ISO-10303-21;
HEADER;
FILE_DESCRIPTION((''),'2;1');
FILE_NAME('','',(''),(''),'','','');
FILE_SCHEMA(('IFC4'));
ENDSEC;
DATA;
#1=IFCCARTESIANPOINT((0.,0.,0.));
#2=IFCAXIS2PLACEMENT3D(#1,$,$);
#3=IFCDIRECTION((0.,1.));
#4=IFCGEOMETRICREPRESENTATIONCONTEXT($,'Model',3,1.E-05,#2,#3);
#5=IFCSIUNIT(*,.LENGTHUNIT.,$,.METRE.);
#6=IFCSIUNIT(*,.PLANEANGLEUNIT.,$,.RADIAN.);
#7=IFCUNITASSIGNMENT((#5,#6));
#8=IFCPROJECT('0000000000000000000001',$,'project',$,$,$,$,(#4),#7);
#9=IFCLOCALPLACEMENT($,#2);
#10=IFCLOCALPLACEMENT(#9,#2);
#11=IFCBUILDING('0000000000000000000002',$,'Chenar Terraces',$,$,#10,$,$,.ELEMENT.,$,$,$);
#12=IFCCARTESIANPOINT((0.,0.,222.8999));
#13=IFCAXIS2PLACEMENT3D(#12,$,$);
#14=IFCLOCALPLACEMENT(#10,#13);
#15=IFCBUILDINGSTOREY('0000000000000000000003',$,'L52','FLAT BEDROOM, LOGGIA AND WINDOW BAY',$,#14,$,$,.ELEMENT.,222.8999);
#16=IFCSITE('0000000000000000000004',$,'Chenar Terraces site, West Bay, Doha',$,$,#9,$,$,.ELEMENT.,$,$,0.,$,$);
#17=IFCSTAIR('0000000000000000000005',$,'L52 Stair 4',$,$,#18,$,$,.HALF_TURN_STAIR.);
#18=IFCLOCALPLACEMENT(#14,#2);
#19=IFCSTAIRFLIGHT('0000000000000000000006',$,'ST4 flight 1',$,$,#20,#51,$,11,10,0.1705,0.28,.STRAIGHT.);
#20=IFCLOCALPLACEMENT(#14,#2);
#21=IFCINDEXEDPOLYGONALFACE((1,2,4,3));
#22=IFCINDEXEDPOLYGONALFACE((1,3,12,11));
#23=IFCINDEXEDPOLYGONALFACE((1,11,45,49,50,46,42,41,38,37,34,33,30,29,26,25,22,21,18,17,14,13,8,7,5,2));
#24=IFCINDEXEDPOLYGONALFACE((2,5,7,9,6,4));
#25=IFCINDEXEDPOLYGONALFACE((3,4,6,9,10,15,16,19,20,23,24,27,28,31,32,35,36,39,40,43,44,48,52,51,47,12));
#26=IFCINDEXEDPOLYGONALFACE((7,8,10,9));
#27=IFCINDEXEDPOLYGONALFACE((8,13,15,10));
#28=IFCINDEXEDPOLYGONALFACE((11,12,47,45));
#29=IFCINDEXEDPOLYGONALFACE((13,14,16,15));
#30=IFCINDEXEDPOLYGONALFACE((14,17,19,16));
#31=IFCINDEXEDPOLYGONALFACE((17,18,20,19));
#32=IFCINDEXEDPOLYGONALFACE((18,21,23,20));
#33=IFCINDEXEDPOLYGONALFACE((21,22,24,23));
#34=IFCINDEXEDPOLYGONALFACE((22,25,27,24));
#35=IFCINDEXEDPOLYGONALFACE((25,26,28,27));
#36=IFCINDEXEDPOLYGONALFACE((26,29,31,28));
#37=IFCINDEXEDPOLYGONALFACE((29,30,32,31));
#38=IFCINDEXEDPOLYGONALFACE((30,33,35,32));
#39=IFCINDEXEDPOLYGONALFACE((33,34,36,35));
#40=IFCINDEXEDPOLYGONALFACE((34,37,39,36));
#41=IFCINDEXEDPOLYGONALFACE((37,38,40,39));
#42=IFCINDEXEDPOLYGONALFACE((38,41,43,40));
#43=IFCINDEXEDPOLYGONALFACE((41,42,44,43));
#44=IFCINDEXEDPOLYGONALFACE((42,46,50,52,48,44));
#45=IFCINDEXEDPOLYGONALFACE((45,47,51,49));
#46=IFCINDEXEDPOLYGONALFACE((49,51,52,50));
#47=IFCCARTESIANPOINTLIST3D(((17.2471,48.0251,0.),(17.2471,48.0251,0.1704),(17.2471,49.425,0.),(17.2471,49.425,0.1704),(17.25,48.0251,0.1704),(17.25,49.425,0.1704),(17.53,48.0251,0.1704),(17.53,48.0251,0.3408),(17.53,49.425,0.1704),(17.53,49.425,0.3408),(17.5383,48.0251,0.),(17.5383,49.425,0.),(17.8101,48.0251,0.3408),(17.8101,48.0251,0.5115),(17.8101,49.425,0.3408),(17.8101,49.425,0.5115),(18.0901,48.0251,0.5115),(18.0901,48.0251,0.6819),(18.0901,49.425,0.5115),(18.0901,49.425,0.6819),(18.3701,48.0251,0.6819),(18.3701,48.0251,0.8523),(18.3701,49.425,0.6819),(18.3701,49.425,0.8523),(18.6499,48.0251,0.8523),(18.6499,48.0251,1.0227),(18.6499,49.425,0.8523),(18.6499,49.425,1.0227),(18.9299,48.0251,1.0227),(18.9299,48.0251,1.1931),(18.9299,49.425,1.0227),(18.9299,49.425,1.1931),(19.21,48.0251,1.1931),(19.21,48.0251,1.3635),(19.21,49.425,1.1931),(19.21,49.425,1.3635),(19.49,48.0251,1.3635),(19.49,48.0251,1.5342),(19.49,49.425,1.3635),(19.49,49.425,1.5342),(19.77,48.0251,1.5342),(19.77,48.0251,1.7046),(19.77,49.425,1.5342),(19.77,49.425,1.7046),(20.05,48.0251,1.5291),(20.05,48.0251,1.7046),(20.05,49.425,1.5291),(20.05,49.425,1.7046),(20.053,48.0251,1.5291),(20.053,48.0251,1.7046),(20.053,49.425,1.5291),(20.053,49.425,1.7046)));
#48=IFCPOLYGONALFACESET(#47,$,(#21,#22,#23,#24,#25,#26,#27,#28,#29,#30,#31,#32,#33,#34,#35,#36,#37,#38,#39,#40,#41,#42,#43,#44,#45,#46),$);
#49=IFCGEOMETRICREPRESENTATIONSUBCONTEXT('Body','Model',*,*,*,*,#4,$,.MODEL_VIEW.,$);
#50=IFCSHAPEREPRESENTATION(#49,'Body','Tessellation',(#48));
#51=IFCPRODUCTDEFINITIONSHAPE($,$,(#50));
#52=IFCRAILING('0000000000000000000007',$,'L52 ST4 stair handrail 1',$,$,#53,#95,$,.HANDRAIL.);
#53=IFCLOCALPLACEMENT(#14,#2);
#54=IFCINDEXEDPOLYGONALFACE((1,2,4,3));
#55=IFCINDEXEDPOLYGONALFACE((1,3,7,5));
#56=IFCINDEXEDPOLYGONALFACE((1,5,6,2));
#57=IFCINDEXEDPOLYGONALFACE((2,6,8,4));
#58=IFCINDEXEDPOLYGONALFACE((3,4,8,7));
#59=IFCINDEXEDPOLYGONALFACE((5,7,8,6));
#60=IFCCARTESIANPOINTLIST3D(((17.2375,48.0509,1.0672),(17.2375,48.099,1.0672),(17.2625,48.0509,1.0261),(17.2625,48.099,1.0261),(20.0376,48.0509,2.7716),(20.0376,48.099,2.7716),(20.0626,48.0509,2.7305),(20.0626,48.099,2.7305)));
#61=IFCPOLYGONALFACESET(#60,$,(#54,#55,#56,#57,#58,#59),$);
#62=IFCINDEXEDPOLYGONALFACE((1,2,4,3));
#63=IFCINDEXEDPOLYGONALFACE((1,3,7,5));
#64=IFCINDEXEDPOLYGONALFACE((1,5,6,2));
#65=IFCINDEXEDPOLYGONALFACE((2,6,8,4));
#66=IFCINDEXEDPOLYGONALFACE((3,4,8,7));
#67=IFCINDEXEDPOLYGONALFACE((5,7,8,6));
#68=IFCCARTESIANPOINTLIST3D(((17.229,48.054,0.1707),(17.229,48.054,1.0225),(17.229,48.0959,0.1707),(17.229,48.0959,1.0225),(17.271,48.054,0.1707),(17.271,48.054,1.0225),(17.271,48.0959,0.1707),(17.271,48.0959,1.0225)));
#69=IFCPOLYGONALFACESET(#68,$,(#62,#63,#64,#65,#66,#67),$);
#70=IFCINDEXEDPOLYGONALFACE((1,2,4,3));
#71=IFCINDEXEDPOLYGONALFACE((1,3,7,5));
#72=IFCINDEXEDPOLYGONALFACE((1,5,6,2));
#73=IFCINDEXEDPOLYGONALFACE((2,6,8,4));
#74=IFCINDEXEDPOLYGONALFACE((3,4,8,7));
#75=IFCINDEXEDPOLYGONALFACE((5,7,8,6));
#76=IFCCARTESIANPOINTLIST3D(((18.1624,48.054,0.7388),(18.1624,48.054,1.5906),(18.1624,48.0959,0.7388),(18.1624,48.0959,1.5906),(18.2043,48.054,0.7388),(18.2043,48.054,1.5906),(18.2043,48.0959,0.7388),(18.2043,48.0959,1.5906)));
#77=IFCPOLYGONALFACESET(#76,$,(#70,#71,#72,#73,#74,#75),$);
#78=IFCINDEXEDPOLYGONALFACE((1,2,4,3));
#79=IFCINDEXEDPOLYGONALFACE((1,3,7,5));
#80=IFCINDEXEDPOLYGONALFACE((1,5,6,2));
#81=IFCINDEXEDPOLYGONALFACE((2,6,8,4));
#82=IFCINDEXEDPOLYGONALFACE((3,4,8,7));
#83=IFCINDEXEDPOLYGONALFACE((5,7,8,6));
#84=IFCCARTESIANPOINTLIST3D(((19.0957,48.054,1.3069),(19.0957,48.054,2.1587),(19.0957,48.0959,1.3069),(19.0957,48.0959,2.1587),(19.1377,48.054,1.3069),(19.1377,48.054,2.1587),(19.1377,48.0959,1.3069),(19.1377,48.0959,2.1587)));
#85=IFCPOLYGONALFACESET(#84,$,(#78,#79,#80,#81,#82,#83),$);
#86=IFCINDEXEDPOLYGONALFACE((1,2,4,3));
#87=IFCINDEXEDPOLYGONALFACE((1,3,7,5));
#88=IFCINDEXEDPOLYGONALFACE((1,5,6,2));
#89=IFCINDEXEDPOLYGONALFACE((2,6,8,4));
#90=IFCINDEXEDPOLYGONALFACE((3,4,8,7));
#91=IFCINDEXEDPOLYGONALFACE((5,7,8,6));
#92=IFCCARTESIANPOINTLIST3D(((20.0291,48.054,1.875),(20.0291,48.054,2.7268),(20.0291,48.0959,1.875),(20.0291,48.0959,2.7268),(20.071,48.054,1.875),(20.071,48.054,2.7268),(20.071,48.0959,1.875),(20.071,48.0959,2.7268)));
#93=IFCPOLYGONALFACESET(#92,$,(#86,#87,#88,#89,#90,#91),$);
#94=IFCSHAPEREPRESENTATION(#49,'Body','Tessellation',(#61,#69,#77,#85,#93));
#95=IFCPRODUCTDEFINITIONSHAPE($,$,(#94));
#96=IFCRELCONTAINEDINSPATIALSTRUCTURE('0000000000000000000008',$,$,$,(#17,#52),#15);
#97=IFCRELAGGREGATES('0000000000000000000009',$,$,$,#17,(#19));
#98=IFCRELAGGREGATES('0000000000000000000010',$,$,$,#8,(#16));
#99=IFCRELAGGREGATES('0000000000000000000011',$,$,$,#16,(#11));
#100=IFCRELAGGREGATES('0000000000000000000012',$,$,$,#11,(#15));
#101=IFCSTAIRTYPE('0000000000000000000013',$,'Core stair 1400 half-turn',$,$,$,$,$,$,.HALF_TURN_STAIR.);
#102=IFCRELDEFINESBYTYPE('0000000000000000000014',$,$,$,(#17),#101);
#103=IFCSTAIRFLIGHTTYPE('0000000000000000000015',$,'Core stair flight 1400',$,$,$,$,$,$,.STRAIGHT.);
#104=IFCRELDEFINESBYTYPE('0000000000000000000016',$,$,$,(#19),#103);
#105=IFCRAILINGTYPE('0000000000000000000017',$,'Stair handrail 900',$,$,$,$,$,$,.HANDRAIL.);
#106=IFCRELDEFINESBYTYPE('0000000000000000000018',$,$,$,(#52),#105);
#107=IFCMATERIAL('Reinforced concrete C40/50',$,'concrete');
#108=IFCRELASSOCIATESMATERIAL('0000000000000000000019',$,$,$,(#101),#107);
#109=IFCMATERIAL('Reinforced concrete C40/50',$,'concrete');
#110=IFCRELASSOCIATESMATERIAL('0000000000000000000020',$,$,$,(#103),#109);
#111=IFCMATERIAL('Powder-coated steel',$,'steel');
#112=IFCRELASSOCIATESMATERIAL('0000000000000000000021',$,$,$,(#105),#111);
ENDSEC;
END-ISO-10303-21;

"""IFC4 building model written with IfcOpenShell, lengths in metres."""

from ifc_helpers import new_model, si_unit, direction, frame, origin, origin_2d, place, context, subcontext, project, spatial, polyline, rectangle, outline, extrude, material, type_object, element, aggregate, save


model = new_model("IFC4")

# Units and contexts
model_context = context("Model", 3, precision=1e-05, world=origin(), true_north=direction((0.0, 1.0)))
body_context = subcontext(model_context, "Body", "Model", "MODEL_VIEW")
ifc_project = project(units=[si_unit("LENGTHUNIT", "METRE"), si_unit("PLANEANGLEUNIT", "RADIAN")], contexts=[model_context])

# Site, building, storey
site_placement = place(None, origin())
site = spatial("IfcSite", under=ifc_project, at=site_placement, Name="Chenar Terraces site, West Bay, Doha", CompositionType="ELEMENT", RefElevation=0.0)
building_placement = place(site_placement, origin())
building = spatial("IfcBuilding", under=site, at=building_placement, Name="Chenar Terraces", CompositionType="ELEMENT")
storey_placement = place(building_placement, frame((0.0, 0.0, 222.8999)))
storey = spatial("IfcBuildingStorey", under=building, at=storey_placement, Name="L52", Description="FLAT BEDROOM, LOGGIA AND WINDOW BAY", CompositionType="ELEMENT", Elevation=222.8999)

# Stair, stair flight
ifc_material_1 = material(Name="Reinforced concrete C40/50", Category="concrete")
stair_type = type_object("IfcStairType", Name="Core stair 1400 half-turn", PredefinedType="HALF_TURN_STAIR", material=ifc_material_1)
stair_placement = place(storey_placement, origin())
stair = element("IfcStair", 1, at=stair_placement, inside=storey, type_object=stair_type, Name="L52 Stair 4", PredefinedType="HALF_TURN_STAIR")
ifc_material_2 = material(Name="Reinforced concrete C40/50", Category="concrete")
stair_flight_type = type_object("IfcStairFlightType", Name="Core stair flight 1400", PredefinedType="STRAIGHT", material=ifc_material_2)
stair_flight_placement = place(storey_placement, frame((17.25, 48.7251, 0.0), z_axis=(0.0, 0.0, 1.0), x_axis=(1.0, 0.0, 0.0)))
stair_flight = element("IfcStairFlight", 2, at=stair_flight_placement, type_object=stair_flight_type, Name="ST4 flight 1", NumberOfRisers=11, NumberOfTreads=10, PredefinedType="STRAIGHT", RiserHeight=0.1705, TreadLength=0.28, context=body_context, shape_type="SweptSolid", body=[
    extrude(outline(polyline([(-0.0029, 0.0), (-0.0029, 0.1704), (0.0, 0.1704), (0.28, 0.1704), (0.28, 0.3408), (0.5601, 0.3408), (0.5601, 0.5115), (0.8401, 0.5115), (0.8401, 0.6819), (1.1201, 0.6819), (1.1201, 0.8523), (1.3999, 0.8523), (1.3999, 1.0227), (1.6799, 1.0227), (1.6799, 1.1931), (1.96, 1.1931), (1.96, 1.3635), (2.24, 1.3635), (2.24, 1.5342), (2.52, 1.5342), (2.52, 1.7046), (2.8, 1.7046), (2.803, 1.7046), (2.803, 1.5291), (2.8, 1.5291), (0.2883, 0.0), (-0.0029, 0.0)])), frame((0.0, 0.7, 0.0), z_axis=(0.0, -1.0, 0.0), x_axis=(1.0, 0.0, 0.0)), (0.0, 0.0, 1.0), 1.3999),
])
aggregate(stair, [stair_flight])

# Railing
ifc_material_3 = material(Name="Powder-coated steel", Category="steel")
railing_type = type_object("IfcRailingType", Name="Stair handrail 900", PredefinedType="HANDRAIL", material=ifc_material_3)
railing_placement = place(storey_placement, frame((17.25, 48.075, 0.1707)))
element("IfcRailing", 3, at=railing_placement, inside=storey, type_object=railing_type, Name="L52 ST4 stair handrail 1", PredefinedType="HANDRAIL", context=body_context, shape_type="SweptSolid", body=[
    extrude(rectangle(XDim=0.0481, YDim=0.0481, at=origin_2d()), frame((0.0, 0.0, 0.876), z_axis=(0.854203, 0.0, 0.51994), x_axis=(0.0, 1.0, 0.0)), (0.0, 0.0, 1.0), 3.2781),
    extrude(rectangle(XDim=0.042, YDim=0.042, at=origin_2d()), origin(), (0.0, 0.0, 1.0), 0.8518),
    extrude(rectangle(XDim=0.042, YDim=0.042, at=origin_2d()), frame((0.9333, 0.0, 0.5681)), (0.0, 0.0, 1.0), 0.8518),
    extrude(rectangle(XDim=0.042, YDim=0.042, at=origin_2d()), frame((1.8667, 0.0, 1.1362)), (0.0, 0.0, 1.0), 0.8518),
    extrude(rectangle(XDim=0.042, YDim=0.042, at=origin_2d()), frame((2.8, 0.0, 1.7043)), (0.0, 0.0, 1.0), 0.8518),
])

save(model, "model.ifc")
